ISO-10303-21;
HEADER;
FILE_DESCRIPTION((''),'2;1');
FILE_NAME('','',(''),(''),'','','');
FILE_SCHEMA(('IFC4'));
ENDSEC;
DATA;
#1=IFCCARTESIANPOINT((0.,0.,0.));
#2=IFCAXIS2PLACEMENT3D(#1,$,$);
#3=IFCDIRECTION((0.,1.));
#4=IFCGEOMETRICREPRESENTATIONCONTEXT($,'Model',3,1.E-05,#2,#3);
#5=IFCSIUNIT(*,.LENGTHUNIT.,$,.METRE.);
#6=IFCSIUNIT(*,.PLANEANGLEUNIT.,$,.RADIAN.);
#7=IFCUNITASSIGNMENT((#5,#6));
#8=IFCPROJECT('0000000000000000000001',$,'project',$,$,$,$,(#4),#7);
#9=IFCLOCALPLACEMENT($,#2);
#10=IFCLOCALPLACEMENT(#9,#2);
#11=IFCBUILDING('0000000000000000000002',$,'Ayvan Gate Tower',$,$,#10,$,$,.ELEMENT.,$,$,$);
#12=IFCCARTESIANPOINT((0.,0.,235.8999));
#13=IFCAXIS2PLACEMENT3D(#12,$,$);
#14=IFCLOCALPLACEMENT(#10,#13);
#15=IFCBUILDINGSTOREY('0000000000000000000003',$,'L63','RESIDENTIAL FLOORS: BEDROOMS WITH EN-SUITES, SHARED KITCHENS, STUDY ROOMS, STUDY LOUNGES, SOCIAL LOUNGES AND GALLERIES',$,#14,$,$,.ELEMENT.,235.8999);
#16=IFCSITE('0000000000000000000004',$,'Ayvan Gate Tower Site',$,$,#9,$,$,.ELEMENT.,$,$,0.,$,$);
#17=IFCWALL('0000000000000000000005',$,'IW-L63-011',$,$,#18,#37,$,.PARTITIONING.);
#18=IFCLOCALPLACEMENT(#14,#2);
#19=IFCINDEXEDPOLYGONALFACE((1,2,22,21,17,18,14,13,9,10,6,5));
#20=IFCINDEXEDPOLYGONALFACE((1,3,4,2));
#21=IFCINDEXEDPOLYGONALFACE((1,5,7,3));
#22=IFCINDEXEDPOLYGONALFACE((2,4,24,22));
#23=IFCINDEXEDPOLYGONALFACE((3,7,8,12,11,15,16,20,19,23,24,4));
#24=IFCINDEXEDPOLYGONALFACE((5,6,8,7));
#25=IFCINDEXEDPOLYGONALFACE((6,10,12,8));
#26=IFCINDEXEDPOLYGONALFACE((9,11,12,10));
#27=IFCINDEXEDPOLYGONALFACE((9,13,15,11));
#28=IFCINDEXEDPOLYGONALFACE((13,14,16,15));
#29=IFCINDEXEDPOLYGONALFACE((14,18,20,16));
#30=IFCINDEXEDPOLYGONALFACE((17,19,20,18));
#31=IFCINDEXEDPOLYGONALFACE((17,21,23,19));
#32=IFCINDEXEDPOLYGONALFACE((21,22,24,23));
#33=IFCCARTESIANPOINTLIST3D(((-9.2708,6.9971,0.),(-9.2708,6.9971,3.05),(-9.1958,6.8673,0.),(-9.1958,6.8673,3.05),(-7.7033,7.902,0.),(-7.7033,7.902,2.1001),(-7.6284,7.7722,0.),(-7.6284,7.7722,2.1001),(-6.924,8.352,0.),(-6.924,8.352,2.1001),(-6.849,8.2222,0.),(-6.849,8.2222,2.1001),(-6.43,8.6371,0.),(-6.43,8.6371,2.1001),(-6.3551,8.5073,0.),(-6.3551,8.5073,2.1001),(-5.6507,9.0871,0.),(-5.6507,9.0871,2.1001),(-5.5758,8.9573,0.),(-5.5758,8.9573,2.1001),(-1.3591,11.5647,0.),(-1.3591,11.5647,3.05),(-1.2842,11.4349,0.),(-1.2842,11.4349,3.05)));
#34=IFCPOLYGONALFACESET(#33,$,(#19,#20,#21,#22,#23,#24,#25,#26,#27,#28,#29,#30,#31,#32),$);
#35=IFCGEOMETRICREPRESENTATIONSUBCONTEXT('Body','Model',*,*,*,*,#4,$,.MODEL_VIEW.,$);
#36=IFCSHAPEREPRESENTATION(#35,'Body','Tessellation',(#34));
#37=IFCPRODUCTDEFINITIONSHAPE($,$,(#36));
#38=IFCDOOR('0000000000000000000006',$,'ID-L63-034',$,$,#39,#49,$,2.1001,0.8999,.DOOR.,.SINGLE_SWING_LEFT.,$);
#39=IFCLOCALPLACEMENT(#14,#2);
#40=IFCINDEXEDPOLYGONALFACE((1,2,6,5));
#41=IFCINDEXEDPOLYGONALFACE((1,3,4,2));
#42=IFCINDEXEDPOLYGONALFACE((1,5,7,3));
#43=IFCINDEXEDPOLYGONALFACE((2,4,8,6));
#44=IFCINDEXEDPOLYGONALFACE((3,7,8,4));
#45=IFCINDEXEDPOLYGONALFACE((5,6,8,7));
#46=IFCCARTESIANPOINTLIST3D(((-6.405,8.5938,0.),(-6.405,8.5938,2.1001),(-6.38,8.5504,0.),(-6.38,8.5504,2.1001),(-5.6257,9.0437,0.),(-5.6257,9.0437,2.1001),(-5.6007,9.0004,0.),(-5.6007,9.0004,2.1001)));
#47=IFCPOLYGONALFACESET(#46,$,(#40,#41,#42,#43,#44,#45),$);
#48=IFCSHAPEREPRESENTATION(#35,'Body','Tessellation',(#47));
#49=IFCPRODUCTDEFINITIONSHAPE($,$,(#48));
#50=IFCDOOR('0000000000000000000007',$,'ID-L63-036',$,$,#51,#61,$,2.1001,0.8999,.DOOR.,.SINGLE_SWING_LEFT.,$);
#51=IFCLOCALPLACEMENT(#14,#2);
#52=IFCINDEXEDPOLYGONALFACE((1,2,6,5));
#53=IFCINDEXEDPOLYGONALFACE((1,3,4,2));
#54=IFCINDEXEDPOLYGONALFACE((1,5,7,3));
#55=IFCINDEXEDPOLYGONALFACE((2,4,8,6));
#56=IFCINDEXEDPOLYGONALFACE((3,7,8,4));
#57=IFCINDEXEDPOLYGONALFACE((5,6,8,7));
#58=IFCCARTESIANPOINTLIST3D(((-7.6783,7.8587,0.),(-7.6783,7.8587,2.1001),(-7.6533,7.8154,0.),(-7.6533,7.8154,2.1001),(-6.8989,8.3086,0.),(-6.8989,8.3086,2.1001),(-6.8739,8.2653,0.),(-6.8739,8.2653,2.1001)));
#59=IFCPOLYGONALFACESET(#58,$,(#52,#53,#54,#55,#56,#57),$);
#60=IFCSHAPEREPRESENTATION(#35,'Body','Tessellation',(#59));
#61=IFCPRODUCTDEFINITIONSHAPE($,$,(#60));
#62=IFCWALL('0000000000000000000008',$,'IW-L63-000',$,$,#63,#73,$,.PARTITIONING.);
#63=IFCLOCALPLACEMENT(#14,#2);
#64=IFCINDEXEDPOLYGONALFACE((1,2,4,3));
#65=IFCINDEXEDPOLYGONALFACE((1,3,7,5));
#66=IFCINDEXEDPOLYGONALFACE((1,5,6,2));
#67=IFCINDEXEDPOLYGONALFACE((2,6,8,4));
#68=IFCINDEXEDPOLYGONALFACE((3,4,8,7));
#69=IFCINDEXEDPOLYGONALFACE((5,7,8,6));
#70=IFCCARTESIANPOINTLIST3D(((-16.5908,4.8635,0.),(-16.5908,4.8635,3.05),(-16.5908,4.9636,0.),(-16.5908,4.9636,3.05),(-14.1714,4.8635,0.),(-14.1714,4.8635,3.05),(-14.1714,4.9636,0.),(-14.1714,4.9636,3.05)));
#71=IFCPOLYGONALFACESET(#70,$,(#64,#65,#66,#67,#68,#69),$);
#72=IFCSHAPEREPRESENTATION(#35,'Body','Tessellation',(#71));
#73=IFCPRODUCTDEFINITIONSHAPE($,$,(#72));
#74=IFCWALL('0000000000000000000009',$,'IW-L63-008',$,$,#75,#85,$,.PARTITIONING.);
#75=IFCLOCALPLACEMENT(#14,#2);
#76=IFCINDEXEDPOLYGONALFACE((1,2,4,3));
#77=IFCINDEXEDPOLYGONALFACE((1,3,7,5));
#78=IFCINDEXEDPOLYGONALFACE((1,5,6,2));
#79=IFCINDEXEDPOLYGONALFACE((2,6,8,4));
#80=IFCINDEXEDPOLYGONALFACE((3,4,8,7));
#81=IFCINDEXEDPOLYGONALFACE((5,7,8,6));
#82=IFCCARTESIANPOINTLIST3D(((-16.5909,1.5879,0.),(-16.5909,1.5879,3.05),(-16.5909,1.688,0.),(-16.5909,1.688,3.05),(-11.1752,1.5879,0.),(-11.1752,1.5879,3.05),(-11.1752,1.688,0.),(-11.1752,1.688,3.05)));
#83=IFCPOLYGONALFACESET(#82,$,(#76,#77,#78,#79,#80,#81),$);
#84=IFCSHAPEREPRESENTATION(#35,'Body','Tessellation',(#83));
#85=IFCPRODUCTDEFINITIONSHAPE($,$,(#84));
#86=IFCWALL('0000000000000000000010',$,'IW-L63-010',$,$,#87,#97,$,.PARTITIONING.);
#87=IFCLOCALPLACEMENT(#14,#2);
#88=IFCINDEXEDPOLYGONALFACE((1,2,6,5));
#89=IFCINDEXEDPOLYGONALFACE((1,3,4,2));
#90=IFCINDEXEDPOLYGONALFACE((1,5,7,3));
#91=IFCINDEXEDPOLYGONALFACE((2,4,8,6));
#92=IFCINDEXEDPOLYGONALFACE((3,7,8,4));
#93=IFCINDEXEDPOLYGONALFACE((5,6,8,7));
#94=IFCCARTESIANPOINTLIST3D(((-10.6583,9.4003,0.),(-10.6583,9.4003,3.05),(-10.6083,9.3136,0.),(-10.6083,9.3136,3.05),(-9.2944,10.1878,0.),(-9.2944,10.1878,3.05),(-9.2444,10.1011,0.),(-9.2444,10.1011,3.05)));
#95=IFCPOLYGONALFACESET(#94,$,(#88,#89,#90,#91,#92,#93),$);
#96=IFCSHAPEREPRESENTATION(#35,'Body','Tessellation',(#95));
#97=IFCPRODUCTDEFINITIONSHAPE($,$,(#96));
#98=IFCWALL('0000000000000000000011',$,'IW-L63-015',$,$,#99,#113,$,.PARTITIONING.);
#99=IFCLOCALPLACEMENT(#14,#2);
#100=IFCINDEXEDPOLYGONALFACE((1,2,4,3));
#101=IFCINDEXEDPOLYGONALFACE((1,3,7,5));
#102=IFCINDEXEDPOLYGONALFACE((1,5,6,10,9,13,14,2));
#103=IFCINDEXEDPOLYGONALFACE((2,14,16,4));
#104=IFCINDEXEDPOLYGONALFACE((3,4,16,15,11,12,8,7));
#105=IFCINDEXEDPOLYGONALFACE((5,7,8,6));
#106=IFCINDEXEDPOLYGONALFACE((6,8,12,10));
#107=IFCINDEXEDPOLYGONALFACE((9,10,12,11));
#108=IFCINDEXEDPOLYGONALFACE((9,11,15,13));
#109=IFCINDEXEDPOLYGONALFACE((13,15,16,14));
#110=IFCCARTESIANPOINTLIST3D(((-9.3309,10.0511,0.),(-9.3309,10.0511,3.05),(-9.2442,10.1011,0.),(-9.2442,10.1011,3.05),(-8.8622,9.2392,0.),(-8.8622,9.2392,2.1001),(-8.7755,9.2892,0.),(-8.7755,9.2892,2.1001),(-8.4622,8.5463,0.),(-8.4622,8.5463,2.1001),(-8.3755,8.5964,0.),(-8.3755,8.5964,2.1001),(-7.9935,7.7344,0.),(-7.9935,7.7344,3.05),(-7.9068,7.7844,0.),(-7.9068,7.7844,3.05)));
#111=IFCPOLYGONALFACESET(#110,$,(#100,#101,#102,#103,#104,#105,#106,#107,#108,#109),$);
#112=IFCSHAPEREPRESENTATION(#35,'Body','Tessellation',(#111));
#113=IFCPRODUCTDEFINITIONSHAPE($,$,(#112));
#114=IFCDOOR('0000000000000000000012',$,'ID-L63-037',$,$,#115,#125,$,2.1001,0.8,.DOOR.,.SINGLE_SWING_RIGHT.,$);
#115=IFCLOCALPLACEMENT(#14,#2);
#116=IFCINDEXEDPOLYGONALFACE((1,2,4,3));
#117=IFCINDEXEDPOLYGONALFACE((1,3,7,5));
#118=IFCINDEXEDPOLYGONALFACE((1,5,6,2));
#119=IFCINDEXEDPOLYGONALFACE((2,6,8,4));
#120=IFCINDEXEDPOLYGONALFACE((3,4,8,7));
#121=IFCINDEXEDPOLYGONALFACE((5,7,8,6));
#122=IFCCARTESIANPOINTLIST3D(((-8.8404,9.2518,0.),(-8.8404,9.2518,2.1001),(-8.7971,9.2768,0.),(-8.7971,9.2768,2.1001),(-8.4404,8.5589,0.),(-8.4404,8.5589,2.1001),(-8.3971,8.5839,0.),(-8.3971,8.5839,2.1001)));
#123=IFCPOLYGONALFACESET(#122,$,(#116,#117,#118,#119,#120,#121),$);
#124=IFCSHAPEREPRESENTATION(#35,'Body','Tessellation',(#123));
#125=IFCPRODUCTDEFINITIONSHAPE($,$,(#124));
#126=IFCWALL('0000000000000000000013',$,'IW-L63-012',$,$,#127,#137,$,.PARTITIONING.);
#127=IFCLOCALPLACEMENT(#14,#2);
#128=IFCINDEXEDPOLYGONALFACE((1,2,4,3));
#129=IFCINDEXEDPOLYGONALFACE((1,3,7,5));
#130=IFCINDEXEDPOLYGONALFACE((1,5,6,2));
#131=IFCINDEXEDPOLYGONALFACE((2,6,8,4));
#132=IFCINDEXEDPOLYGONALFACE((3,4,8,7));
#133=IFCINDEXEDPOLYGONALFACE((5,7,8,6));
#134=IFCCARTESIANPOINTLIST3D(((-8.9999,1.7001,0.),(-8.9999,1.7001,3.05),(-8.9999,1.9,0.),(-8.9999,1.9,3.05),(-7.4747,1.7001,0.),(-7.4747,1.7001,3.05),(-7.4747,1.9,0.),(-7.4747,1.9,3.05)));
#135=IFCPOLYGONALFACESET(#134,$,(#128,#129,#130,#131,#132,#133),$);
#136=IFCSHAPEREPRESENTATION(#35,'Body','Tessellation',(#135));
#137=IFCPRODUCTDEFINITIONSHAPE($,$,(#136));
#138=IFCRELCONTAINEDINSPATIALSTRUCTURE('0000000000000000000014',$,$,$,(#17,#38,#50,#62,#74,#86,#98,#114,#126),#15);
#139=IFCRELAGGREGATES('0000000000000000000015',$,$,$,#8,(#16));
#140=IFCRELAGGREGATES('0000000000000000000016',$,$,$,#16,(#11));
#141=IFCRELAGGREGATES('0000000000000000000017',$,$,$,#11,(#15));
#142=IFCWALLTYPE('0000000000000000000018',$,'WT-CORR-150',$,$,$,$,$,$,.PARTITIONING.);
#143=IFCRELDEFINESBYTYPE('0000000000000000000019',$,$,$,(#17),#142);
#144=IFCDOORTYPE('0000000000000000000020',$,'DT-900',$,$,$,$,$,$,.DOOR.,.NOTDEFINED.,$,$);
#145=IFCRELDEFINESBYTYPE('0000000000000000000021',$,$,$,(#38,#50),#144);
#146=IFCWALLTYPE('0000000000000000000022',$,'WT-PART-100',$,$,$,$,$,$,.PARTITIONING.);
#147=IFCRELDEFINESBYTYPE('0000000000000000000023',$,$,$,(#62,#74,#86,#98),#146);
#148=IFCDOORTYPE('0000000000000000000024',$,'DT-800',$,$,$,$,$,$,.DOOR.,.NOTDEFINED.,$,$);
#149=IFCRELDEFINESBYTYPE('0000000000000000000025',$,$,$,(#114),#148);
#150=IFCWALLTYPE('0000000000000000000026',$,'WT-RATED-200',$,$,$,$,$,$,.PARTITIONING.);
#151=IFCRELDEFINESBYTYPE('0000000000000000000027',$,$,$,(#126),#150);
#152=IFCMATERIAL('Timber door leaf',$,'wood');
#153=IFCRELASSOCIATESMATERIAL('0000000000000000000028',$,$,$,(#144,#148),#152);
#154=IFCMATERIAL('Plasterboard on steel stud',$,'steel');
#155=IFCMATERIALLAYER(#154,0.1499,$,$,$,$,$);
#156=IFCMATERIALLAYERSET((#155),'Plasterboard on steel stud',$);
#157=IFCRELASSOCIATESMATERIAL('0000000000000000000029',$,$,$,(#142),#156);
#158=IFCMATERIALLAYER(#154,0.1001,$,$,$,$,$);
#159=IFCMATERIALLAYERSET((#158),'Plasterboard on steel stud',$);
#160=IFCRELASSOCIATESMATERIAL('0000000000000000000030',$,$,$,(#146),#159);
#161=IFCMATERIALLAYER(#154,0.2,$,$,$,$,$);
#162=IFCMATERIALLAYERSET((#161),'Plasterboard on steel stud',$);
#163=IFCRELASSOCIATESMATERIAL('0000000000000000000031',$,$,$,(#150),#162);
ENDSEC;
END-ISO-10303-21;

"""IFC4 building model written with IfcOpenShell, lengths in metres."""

from ifc_helpers import new_model, si_unit, direction, frame, frame_2d, origin, place, context, subcontext, project, spatial, rectangle, extrude, material, layer, layer_set, type_object, element, fill, save


model = new_model("IFC4")

# Units and contexts
model_context = context("Model", 3, precision=1e-05, world=origin(), true_north=direction((0.0, 1.0)))
body_context = subcontext(model_context, "Body", "Model", "MODEL_VIEW")
ifc_project = project(units=[si_unit("LENGTHUNIT", "METRE"), si_unit("PLANEANGLEUNIT", "RADIAN")], contexts=[model_context])

# Site, building, storey
site_placement = place(None, origin())
site = spatial("IfcSite", under=ifc_project, at=site_placement, Name="Ayvan Gate Tower Site", CompositionType="ELEMENT", RefElevation=0.0)
building_placement = place(site_placement, origin())
building = spatial("IfcBuilding", under=site, at=building_placement, Name="Ayvan Gate Tower", CompositionType="ELEMENT")
storey_placement = place(building_placement, frame((0.0, 0.0, 235.8999)))
storey = spatial("IfcBuildingStorey", under=building, at=storey_placement, Name="L63", Description="RESIDENTIAL FLOORS: BEDROOMS WITH EN-SUITES, SHARED KITCHENS, STUDY ROOMS, STUDY LOUNGES, SOCIAL LOUNGES AND GALLERIES", CompositionType="ELEMENT", Elevation=235.8999)

# Shared definitions
ifc_material_1 = material(Name="Timber door leaf", Category="wood")
door_type_1 = type_object("IfcDoorType", Name="DT-900", OperationType="NOTDEFINED", PredefinedType="DOOR", material=ifc_material_1)

# Shared definitions
ifc_material_2 = material(Name="Plasterboard on steel stud", Category="steel")
ifc_layer_1 = layer(ifc_material_2, 0.1499)
ifc_layer_set_1 = layer_set([ifc_layer_1], Name="Plasterboard on steel stud")
wall_type_1 = type_object("IfcWallType", Name="WT-CORR-150", PredefinedType="PARTITIONING", material=ifc_layer_set_1)

# Wall, openings, doors
wall_1_placement = place(storey_placement, frame((-9.2334, 6.9321, 0.0), z_axis=(0.0, 0.0, 1.0), x_axis=(0.866032, 0.499988, 0.0)))
wall_1 = element("IfcWall", 1, at=wall_1_placement, inside=storey, type_object=wall_type_1, Name="IW-L63-011", PredefinedType="PARTITIONING", context=body_context, shape_type="SweptSolid", body=[
    extrude(rectangle(XDim=9.1355, YDim=0.1499, at=frame_2d((4.5679, 0.0))), origin(), (0.0, 0.0, 1.0), 3.05),
])
opening_1_placement = place(wall_1_placement, frame((3.2803, 0.0, 0.0)))
opening_1 = element("IfcOpeningElement", 2, at=opening_1_placement, cuts=wall_1, PredefinedType="OPENING", context=body_context, shape_type="SweptSolid", body=[
    extrude(rectangle(XDim=0.8999, YDim=2.1001, at=frame_2d((0.45, 1.05))), frame((0.0, 0.085, 0.0), z_axis=(0.0, -1.0, 0.0), x_axis=(1.0, 0.0, 0.0)), (0.0, 0.0, 1.0), 0.1699),
])
opening_2_placement = place(wall_1_placement, frame((1.8101, 0.0, 0.0)))
opening_2 = element("IfcOpeningElement", 3, at=opening_2_placement, cuts=wall_1, PredefinedType="OPENING", context=body_context, shape_type="SweptSolid", body=[
    extrude(rectangle(XDim=0.8999, YDim=2.1001, at=frame_2d((0.45, 1.05))), frame((0.0, 0.085, 0.0), z_axis=(0.0, -1.0, 0.0), x_axis=(1.0, 0.0, 0.0)), (0.0, 0.0, 1.0), 0.1699),
])
door_1_placement = place(opening_1_placement, origin())
door_1 = element("IfcDoor", 4, at=door_1_placement, inside=storey, type_object=door_type_1, Name="ID-L63-034", OperationType="SINGLE_SWING_LEFT", OverallHeight=2.1001, OverallWidth=0.8999, PredefinedType="DOOR", context=body_context, shape_type="SweptSolid", body=[
    extrude(rectangle(XDim=0.8999, YDim=2.1001, at=frame_2d((0.45, 1.05))), frame((0.0, 0.0249, 0.0), z_axis=(0.0, -1.0, 0.0), x_axis=(1.0, 0.0, 0.0)), (0.0, 0.0, 1.0), 0.05),
])
fill(opening_1, door_1)
door_2_placement = place(opening_2_placement, origin())
door_2 = element("IfcDoor", 5, at=door_2_placement, inside=storey, type_object=door_type_1, Name="ID-L63-036", OperationType="SINGLE_SWING_LEFT", OverallHeight=2.1001, OverallWidth=0.8999, PredefinedType="DOOR", context=body_context, shape_type="SweptSolid", body=[
    extrude(rectangle(XDim=0.8999, YDim=2.1001, at=frame_2d((0.45, 1.05))), frame((0.0, 0.0249, 0.0), z_axis=(0.0, -1.0, 0.0), x_axis=(1.0, 0.0, 0.0)), (0.0, 0.0, 1.0), 0.05),
])
fill(opening_2, door_2)

# Walls
ifc_layer_2 = layer(ifc_material_2, 0.1001)
ifc_layer_set_2 = layer_set([ifc_layer_2], Name="Plasterboard on steel stud")
wall_type_2 = type_object("IfcWallType", Name="WT-PART-100", PredefinedType="PARTITIONING", material=ifc_layer_set_2)
wall_2_placement = place(storey_placement, frame((-14.1714, 4.9136, 0.0), z_axis=(0.0, 0.0, 1.0), x_axis=(-1.0, 0.0, 0.0)))
element("IfcWall", 6, at=wall_2_placement, inside=storey, type_object=wall_type_2, Name="IW-L63-000", PredefinedType="PARTITIONING", context=body_context, shape_type="SweptSolid", body=[
    extrude(rectangle(XDim=2.4194, YDim=0.1001, at=frame_2d((1.2097, 0.0))), origin(), (0.0, 0.0, 1.0), 3.05),
])
wall_3_placement = place(storey_placement, frame((-11.175, 1.6379, 0.0), z_axis=(0.0, 0.0, 1.0), x_axis=(-1.0, 0.0, 0.0)))
element("IfcWall", 7, at=wall_3_placement, inside=storey, type_object=wall_type_2, Name="IW-L63-008", PredefinedType="PARTITIONING", context=body_context, shape_type="SweptSolid", body=[
    extrude(rectangle(XDim=5.4158, YDim=0.1001, at=frame_2d((2.708, 0.0))), origin(), (0.0, 0.0, 1.0), 3.05),
])
wall_4_placement = place(storey_placement, frame((-9.2693, 10.1445, 0.0), z_axis=(0.0, 0.0, 1.0), x_axis=(-0.866002, -0.50004, 0.0)))
element("IfcWall", 8, at=wall_4_placement, inside=storey, type_object=wall_type_2, Name="IW-L63-010", PredefinedType="PARTITIONING", context=body_context, shape_type="SweptSolid", body=[
    extrude(rectangle(XDim=1.575, YDim=0.1001, at=frame_2d((0.7876, 0.0))), origin(), (0.0, 0.0, 1.0), 3.05),
])

# Wall, opening, door
wall_5_placement = place(storey_placement, frame((-7.9502, 7.7595, 0.0), z_axis=(0.0, 0.0, 1.0), x_axis=(-0.499967, 0.866044, 0.0)))
wall_5 = element("IfcWall", 9, at=wall_5_placement, inside=storey, type_object=wall_type_2, Name="IW-L63-015", PredefinedType="PARTITIONING", context=body_context, shape_type="SweptSolid", body=[
    extrude(rectangle(XDim=2.675, YDim=0.1001, at=frame_2d((1.3374, 0.0))), origin(), (0.0, 0.0, 1.0), 3.05),
])
opening_3_placement = place(wall_5_placement, frame((0.9375, 0.0, 0.0)))
opening_3 = element("IfcOpeningElement", 10, at=opening_3_placement, cuts=wall_5, PredefinedType="OPENING", context=body_context, shape_type="SweptSolid", body=[
    extrude(rectangle(XDim=0.8, YDim=2.1001, at=frame_2d((0.3999, 1.05))), frame((0.0, 0.0601, 0.0), z_axis=(0.0, -1.0, 0.0), x_axis=(1.0, 0.0, 0.0)), (0.0, 0.0, 1.0), 0.1201),
])
door_type_2 = type_object("IfcDoorType", Name="DT-800", OperationType="NOTDEFINED", PredefinedType="DOOR", material=ifc_material_1)
door_3_placement = place(opening_3_placement, origin())
door_3 = element("IfcDoor", 11, at=door_3_placement, inside=storey, type_object=door_type_2, Name="ID-L63-037", OperationType="SINGLE_SWING_RIGHT", OverallHeight=2.1001, OverallWidth=0.8, PredefinedType="DOOR", context=body_context, shape_type="SweptSolid", body=[
    extrude(rectangle(XDim=0.8, YDim=2.1001, at=frame_2d((0.3999, 1.05))), frame((0.0, 0.0249, 0.0), z_axis=(0.0, -1.0, 0.0), x_axis=(1.0, 0.0, 0.0)), (0.0, 0.0, 1.0), 0.05),
])
fill(opening_3, door_3)

# Wall
ifc_layer_3 = layer(ifc_material_2, 0.2)
ifc_layer_set_3 = layer_set([ifc_layer_3], Name="Plasterboard on steel stud")
wall_type_3 = type_object("IfcWallType", Name="WT-RATED-200", PredefinedType="PARTITIONING", material=ifc_layer_set_3)
wall_6_placement = place(storey_placement, frame((-9.0, 1.8, 0.0), z_axis=(0.0, 0.0, 1.0), x_axis=(1.0, 0.0, 0.0)))
element("IfcWall", 12, at=wall_6_placement, inside=storey, type_object=wall_type_3, Name="IW-L63-012", PredefinedType="PARTITIONING", context=body_context, shape_type="SweptSolid", body=[
    extrude(rectangle(XDim=1.5251, YDim=0.2, at=frame_2d((0.7627, 0.0))), origin(), (0.0, 0.0, 1.0), 3.05),
])

save(model, "model.ifc")
